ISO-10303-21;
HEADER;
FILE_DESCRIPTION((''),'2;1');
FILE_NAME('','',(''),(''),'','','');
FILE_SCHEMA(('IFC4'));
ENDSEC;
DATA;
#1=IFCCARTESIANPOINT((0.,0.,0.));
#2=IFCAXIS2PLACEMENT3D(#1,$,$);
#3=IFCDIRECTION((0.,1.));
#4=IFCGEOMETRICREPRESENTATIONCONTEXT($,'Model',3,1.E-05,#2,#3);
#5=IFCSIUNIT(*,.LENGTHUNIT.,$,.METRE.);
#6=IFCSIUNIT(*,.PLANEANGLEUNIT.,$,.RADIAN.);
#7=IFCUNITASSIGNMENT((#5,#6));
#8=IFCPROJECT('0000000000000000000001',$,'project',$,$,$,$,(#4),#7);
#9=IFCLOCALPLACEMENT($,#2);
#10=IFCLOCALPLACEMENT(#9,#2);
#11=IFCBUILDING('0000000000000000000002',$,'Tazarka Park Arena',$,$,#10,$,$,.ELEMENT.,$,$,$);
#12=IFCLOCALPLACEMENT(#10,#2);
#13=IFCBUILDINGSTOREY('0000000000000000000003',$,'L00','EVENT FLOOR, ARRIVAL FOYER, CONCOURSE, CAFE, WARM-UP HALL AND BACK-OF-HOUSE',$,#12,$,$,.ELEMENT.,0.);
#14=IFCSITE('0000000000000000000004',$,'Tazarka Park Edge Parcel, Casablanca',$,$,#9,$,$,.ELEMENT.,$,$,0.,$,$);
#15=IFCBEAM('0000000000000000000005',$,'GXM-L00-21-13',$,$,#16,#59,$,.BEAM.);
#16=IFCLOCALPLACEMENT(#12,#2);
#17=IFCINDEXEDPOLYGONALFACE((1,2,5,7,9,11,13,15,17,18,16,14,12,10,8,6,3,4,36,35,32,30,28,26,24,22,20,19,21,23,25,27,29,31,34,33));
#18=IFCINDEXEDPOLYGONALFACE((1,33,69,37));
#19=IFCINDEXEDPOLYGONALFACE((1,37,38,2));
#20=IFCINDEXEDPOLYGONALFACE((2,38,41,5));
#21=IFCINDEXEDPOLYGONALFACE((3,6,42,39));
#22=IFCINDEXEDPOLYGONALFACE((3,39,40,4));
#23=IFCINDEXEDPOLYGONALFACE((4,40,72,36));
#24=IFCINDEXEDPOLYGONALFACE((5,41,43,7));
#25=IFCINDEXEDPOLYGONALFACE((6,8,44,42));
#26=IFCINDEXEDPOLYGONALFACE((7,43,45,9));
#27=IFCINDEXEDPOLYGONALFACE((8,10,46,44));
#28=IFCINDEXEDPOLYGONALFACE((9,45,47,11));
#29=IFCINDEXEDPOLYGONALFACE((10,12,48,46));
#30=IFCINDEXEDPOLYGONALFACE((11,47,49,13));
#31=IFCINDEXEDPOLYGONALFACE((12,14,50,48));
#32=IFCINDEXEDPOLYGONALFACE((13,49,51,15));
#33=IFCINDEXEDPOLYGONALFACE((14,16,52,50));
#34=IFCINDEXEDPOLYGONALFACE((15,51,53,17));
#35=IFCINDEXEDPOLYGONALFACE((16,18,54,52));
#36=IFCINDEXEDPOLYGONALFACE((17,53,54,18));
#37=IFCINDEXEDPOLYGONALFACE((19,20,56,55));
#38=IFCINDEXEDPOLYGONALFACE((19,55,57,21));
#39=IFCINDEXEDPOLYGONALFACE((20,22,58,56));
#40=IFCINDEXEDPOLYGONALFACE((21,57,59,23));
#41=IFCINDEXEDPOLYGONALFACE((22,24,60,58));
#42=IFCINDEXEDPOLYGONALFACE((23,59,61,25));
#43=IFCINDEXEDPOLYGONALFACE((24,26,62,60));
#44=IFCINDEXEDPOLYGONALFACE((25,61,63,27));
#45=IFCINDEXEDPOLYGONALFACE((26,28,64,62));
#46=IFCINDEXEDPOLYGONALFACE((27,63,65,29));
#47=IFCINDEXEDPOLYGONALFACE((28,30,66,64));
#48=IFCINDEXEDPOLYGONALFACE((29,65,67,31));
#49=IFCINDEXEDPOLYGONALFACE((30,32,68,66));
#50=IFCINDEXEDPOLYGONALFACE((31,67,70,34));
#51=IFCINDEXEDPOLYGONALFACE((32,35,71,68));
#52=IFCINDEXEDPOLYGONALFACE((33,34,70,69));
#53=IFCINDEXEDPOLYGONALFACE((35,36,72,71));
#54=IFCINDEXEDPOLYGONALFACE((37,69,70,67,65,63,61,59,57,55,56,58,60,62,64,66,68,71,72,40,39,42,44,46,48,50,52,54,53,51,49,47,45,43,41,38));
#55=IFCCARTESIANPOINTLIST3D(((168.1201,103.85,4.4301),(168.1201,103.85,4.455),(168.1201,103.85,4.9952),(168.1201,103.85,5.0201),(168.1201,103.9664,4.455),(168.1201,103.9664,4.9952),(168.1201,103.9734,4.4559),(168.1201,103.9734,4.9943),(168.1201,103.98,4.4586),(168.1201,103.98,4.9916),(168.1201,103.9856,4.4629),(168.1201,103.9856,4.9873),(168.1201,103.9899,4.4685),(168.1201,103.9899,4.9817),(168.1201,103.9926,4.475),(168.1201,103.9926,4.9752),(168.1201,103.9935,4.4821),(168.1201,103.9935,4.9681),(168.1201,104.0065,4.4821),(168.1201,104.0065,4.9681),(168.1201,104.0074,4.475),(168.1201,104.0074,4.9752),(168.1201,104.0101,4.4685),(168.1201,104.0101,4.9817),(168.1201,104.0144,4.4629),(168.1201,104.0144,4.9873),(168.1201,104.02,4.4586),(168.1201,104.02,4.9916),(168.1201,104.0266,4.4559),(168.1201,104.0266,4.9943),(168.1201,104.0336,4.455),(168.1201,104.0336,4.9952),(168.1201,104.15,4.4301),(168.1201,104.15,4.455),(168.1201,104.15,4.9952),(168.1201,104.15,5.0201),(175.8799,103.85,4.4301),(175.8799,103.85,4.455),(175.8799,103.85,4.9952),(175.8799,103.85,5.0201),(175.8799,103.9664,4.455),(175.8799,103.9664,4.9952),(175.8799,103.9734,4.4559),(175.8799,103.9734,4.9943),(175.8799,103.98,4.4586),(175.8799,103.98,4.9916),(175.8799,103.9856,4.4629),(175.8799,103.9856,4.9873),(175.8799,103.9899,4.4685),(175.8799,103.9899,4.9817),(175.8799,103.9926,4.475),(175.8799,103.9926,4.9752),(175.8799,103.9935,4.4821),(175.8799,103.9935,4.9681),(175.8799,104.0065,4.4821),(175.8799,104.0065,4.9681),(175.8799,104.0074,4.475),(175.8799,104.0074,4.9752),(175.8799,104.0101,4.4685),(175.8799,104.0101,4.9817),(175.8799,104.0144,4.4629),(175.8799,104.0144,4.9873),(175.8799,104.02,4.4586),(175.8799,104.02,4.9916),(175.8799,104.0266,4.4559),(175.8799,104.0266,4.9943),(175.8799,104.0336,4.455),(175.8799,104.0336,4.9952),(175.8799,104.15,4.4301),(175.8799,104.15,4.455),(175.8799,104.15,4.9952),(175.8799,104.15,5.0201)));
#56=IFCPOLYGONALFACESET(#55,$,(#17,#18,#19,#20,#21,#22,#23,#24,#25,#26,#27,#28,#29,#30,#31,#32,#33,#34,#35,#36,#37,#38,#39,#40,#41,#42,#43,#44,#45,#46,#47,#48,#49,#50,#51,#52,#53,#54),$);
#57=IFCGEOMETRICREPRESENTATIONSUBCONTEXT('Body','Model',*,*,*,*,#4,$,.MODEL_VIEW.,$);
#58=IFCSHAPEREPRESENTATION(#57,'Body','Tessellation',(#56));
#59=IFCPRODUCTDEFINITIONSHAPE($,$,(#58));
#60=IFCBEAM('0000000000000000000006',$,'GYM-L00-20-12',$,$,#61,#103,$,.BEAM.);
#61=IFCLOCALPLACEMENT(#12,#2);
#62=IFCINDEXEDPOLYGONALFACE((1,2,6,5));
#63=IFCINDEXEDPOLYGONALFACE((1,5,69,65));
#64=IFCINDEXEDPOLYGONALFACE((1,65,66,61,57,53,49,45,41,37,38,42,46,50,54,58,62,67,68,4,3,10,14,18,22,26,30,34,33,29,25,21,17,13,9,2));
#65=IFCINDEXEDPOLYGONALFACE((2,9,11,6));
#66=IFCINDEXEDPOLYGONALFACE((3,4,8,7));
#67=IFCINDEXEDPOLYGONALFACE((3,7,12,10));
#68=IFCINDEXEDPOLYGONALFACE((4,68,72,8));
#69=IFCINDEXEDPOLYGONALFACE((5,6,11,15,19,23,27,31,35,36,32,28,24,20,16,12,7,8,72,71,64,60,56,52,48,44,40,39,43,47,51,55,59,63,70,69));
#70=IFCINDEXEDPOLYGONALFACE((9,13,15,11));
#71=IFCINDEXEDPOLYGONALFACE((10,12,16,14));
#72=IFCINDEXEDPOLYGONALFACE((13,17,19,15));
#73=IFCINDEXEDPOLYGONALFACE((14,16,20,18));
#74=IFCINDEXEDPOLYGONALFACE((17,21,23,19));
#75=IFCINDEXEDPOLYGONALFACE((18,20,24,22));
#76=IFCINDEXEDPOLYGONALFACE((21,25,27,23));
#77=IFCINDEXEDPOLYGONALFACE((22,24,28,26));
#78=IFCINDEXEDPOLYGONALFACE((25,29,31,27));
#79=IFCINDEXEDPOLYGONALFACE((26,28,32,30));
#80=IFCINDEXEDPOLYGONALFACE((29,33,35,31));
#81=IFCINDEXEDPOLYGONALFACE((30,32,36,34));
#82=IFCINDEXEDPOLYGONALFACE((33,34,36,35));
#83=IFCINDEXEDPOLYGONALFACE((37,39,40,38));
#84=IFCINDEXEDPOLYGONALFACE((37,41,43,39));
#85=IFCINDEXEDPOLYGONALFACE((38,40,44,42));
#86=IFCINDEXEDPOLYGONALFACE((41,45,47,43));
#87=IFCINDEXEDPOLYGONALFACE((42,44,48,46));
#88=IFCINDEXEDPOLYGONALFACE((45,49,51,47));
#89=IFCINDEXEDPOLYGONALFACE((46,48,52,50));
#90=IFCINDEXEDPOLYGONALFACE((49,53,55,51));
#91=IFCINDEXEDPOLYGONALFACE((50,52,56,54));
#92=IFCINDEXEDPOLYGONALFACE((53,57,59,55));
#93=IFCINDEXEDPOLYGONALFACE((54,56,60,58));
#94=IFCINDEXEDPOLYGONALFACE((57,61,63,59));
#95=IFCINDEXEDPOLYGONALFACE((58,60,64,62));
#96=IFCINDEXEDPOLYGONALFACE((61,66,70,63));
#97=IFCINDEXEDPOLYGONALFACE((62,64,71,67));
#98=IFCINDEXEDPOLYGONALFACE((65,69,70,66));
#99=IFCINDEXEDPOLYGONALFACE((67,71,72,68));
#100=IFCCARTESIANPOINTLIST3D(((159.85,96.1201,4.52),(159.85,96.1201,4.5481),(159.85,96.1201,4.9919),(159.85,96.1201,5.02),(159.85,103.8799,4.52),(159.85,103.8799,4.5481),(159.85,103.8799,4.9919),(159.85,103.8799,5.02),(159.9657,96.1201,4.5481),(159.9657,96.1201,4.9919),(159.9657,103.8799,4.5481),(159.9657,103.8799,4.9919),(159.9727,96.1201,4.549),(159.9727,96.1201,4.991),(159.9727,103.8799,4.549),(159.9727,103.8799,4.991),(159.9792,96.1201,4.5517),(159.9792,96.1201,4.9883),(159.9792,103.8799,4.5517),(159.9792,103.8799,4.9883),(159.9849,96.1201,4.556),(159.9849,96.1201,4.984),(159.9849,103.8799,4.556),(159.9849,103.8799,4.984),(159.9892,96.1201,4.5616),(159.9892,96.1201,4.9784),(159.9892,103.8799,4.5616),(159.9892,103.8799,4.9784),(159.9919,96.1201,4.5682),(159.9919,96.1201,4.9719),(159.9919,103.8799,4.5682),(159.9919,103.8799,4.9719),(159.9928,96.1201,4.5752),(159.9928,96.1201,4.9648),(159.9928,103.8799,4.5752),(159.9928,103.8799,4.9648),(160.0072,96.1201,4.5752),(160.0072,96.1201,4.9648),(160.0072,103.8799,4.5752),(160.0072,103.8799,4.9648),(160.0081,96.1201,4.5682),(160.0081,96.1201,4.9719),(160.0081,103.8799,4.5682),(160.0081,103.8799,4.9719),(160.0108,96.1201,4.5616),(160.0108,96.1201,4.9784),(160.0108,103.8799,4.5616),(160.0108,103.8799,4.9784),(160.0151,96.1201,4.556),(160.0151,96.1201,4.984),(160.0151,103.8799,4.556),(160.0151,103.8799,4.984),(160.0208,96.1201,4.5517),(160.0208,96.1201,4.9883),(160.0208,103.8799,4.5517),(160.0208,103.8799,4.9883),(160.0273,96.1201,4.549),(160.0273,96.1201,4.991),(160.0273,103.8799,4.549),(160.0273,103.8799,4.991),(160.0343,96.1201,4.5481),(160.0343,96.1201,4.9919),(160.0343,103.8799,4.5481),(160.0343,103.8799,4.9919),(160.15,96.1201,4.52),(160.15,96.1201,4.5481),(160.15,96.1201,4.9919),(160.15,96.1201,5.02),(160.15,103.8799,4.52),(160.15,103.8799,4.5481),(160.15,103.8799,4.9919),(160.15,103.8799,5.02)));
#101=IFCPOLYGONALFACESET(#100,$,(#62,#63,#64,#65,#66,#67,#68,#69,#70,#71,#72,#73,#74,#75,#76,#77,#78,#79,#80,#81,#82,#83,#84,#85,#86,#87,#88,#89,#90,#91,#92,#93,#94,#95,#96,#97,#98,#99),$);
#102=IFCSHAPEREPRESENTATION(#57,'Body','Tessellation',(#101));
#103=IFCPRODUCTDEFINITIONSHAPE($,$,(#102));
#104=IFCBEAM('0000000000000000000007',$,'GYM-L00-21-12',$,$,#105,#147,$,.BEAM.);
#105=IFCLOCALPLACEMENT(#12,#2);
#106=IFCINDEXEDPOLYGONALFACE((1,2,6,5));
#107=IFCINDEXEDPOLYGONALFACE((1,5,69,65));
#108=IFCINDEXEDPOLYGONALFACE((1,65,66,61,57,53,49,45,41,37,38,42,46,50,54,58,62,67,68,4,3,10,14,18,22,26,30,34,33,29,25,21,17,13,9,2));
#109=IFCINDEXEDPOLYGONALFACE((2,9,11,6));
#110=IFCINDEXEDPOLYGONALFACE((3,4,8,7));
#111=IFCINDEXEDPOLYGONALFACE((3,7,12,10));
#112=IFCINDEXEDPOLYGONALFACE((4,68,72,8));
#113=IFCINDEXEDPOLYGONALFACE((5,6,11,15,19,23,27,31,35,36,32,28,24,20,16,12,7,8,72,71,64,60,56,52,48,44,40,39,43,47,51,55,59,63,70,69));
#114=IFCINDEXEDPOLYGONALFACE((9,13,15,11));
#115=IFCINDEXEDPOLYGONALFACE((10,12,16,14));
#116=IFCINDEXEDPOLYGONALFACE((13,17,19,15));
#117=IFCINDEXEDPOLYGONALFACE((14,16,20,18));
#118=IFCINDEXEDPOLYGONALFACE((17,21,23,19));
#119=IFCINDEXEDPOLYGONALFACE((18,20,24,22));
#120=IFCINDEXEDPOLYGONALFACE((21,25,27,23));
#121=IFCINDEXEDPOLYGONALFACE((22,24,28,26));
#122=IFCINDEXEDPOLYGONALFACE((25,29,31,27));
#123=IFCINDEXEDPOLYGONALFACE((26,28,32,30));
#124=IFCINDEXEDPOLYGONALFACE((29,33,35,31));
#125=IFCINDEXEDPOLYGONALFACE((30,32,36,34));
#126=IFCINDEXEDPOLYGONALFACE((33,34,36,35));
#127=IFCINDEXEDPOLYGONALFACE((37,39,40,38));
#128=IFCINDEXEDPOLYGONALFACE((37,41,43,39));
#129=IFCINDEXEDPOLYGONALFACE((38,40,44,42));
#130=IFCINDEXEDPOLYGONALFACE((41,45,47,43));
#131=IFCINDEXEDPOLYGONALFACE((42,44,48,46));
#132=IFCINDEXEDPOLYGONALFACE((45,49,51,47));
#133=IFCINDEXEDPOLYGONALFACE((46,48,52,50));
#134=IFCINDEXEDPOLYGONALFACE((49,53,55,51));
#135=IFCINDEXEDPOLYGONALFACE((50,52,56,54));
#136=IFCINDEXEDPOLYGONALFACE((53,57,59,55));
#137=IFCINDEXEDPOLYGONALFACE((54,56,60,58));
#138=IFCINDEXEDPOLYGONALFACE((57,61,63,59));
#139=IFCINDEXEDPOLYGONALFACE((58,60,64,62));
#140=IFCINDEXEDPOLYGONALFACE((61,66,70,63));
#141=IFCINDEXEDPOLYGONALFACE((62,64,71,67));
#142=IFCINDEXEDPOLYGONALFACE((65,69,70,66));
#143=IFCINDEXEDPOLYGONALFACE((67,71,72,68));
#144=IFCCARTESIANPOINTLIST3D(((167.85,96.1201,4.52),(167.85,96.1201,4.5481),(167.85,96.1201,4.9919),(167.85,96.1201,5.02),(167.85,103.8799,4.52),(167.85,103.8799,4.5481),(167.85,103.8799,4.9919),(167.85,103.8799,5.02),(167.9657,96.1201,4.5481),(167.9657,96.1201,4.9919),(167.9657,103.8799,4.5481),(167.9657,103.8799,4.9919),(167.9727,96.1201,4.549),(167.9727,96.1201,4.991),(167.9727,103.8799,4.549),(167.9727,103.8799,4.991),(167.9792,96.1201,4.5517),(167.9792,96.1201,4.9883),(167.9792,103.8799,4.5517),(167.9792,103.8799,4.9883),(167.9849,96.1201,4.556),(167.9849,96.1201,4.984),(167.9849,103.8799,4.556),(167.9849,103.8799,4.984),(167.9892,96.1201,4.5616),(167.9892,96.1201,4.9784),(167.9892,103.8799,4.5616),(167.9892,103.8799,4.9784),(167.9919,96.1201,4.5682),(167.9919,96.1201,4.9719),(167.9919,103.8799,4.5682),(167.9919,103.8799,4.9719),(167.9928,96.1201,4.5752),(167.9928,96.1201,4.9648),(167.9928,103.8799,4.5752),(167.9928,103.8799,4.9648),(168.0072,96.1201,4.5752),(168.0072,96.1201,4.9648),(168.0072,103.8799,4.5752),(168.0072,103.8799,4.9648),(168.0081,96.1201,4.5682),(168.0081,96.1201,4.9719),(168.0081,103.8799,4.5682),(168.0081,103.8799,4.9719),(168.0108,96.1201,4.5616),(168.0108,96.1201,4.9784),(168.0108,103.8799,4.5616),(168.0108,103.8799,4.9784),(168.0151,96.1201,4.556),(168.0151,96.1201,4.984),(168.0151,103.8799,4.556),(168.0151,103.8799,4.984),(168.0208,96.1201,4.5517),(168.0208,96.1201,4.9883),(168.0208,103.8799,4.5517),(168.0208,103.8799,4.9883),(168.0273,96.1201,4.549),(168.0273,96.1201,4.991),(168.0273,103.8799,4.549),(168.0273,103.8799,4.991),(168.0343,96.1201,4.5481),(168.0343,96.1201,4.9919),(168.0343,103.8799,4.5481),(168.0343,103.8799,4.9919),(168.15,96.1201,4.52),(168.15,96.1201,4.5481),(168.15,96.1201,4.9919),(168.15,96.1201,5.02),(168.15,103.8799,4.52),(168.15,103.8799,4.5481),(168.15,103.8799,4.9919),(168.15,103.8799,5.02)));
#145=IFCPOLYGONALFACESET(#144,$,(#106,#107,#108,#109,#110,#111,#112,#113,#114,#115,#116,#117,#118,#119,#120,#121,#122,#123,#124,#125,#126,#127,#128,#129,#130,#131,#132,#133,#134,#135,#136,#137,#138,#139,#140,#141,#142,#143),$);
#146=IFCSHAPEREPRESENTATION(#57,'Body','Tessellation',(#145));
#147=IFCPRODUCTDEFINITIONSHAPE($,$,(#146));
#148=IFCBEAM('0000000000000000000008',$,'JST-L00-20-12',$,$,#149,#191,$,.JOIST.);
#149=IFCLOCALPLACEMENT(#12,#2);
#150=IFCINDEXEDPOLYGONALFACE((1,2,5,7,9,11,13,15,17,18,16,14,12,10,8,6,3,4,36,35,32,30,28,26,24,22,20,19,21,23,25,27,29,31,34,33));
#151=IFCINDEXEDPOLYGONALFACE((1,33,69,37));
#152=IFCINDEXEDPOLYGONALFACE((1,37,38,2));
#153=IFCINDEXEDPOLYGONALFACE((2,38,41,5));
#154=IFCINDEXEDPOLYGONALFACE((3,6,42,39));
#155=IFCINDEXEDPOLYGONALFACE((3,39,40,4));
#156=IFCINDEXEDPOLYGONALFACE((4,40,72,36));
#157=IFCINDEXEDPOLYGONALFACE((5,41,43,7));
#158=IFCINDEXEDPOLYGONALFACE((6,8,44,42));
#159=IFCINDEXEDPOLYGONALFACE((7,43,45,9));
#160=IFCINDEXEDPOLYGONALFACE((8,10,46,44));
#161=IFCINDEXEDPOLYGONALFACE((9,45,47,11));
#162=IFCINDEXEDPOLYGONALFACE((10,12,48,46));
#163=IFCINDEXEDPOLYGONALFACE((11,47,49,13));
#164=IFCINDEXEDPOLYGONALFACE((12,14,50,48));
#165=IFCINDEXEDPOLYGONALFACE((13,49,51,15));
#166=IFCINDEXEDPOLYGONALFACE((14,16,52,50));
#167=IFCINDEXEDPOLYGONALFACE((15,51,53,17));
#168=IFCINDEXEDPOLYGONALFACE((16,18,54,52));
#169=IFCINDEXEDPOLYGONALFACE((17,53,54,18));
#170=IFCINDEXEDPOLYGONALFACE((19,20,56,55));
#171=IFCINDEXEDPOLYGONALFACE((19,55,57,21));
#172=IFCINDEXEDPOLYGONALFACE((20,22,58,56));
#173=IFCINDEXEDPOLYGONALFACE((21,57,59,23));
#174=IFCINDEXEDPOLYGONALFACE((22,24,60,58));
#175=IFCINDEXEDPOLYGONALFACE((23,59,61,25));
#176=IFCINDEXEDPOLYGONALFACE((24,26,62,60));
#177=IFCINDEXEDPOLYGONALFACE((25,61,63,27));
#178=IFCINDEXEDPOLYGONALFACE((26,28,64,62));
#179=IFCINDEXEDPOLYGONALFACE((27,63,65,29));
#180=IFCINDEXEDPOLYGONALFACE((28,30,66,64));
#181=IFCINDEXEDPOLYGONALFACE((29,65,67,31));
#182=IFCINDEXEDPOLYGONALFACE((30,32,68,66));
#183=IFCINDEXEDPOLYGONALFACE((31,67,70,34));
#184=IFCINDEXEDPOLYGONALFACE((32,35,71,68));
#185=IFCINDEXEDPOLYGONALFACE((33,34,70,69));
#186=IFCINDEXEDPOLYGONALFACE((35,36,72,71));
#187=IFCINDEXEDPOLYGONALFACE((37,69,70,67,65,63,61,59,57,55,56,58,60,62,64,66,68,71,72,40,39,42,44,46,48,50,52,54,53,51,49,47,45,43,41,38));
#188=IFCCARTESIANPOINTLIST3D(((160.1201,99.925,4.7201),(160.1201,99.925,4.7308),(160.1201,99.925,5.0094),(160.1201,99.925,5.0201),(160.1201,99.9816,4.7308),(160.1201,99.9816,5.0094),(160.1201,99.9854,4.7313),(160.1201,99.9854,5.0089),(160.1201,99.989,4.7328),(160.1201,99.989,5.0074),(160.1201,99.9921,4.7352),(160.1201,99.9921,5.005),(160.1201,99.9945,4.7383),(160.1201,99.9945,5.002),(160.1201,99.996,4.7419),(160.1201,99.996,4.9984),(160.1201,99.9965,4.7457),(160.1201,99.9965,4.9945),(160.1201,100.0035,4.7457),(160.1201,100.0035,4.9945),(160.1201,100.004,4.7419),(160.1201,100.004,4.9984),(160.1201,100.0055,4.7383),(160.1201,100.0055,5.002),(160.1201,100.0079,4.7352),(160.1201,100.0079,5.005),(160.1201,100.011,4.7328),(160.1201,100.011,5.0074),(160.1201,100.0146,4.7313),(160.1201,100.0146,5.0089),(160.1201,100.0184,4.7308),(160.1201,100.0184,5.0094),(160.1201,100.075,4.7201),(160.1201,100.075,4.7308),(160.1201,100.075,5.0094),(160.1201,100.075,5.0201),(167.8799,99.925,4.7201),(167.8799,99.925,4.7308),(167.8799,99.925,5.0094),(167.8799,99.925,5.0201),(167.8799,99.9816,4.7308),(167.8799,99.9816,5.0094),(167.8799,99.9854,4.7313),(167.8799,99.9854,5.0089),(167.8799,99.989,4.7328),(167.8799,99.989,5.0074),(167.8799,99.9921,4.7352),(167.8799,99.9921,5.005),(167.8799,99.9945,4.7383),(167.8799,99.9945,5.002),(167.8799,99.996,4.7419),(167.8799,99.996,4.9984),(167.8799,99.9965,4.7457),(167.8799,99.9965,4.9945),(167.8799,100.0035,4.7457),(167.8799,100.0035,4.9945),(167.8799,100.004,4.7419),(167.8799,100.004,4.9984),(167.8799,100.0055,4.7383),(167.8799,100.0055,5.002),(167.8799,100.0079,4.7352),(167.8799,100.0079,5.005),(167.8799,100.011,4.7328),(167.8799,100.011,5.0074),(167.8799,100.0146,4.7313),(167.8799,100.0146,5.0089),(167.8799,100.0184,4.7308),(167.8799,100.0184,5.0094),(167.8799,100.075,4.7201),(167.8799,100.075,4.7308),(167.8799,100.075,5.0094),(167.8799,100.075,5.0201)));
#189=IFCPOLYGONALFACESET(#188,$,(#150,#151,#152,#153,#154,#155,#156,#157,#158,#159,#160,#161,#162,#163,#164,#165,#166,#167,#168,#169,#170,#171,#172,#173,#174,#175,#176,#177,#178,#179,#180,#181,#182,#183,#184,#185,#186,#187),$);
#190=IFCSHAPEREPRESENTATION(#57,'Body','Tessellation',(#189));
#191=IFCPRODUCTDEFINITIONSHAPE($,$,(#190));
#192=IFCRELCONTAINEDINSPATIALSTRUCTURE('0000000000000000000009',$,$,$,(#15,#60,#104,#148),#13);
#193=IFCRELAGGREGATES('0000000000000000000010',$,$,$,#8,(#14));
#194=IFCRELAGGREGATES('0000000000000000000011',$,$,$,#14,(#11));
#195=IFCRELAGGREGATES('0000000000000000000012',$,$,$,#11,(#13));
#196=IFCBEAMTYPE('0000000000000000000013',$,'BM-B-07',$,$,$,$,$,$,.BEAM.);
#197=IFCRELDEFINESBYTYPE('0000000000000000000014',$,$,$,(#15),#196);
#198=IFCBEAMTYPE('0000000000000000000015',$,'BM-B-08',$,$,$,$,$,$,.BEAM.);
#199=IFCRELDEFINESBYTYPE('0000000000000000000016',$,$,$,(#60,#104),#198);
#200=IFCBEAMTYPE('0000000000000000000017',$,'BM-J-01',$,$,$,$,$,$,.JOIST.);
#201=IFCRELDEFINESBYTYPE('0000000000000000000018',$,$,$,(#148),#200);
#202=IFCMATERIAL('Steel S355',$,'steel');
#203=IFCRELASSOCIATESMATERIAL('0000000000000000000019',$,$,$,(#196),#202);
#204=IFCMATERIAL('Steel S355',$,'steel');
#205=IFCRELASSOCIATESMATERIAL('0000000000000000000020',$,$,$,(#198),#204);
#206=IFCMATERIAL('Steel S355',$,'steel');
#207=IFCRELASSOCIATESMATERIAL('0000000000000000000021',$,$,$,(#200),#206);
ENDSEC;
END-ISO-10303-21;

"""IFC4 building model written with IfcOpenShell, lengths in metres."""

from ifc_helpers import new_model, si_unit, direction, frame, origin, origin_2d, place, context, subcontext, project, spatial, i_section, extrude, material, material_profile, profile_set, type_object, element, save


model = new_model("IFC4")

# Units and contexts
model_context = context("Model", 3, precision=1e-05, world=origin(), true_north=direction((0.0, 1.0)))
body_context = subcontext(model_context, "Body", "Model", "MODEL_VIEW")
ifc_project = project(units=[si_unit("LENGTHUNIT", "METRE"), si_unit("PLANEANGLEUNIT", "RADIAN")], contexts=[model_context])

# Site, building, storey
site_placement = place(None, origin())
site = spatial("IfcSite", under=ifc_project, at=site_placement, Name="Tazarka Park Edge Parcel, Casablanca", CompositionType="ELEMENT", RefElevation=0.0)
building_placement = place(site_placement, origin())
building = spatial("IfcBuilding", under=site, at=building_placement, Name="Tazarka Park Arena", CompositionType="ELEMENT")
storey_placement = place(building_placement, origin())
storey = spatial("IfcBuildingStorey", under=building, at=storey_placement, Name="L00", Description="EVENT FLOOR, ARRIVAL FOYER, CONCOURSE, CAFE, WARM-UP HALL AND BACK-OF-HOUSE", CompositionType="ELEMENT", Elevation=0.0)

# Beams
ifc_material_1 = material(Name="Steel S355", Category="steel")
ifc_material_profile_1 = material_profile(ifc_material_1, i_section(OverallWidth=0.3, OverallDepth=0.5901, WebThickness=0.0129, FlangeThickness=0.0249, FilletRadius=0.0271, at=origin_2d()), Name="Steel S355")
ifc_profile_set_1 = profile_set([ifc_material_profile_1], Name="Steel S355")
beam_type_1 = type_object("IfcBeamType", Name="BM-B-07", PredefinedType="BEAM", material=ifc_profile_set_1)
for number, where, z_axis, x_axis, name in (
    (1, (168.1201, 104.0, 4.7251), (1.0, 0.0, 0.0), (0.0, 1.0, 0.0), "GXM-L00-21-13"),
):
    element("IfcBeam", number, at=place(storey_placement, frame(where, z_axis=z_axis, x_axis=x_axis)), inside=storey, type_object=beam_type_1, Name=name, PredefinedType="BEAM", context=body_context, shape_type="SweptSolid", body=[
        extrude(i_section(OverallWidth=0.3, OverallDepth=0.5901, WebThickness=0.0129, FlangeThickness=0.0249, FilletRadius=0.0271, at=origin_2d()), origin(), (0.0, 0.0, 1.0), 7.7598),
    ])
ifc_material_2 = material(Name="Steel S355", Category="steel")
ifc_material_profile_2 = material_profile(ifc_material_2, i_section(OverallWidth=0.3, OverallDepth=0.5, WebThickness=0.0144, FlangeThickness=0.0281, FilletRadius=0.0271, at=origin_2d()), Name="Steel S355")
ifc_profile_set_2 = profile_set([ifc_material_profile_2], Name="Steel S355")
beam_type_2 = type_object("IfcBeamType", Name="BM-B-08", PredefinedType="BEAM", material=ifc_profile_set_2)
for number, where, z_axis, x_axis, name in (
    (2, (160.0, 96.1201, 4.77), (0.0, 1.0, 0.0), (-1.0, 0.0, 0.0), "GYM-L00-20-12"),
    (3, (168.0, 96.1201, 4.77), (0.0, 1.0, 0.0), (-1.0, 0.0, 0.0), "GYM-L00-21-12"),
):
    element("IfcBeam", number, at=place(storey_placement, frame(where, z_axis=z_axis, x_axis=x_axis)), inside=storey, type_object=beam_type_2, Name=name, PredefinedType="BEAM", context=body_context, shape_type="SweptSolid", body=[
        extrude(i_section(OverallWidth=0.3, OverallDepth=0.5, WebThickness=0.0144, FlangeThickness=0.0281, FilletRadius=0.0271, at=origin_2d()), origin(), (0.0, 0.0, 1.0), 7.7598),
    ])
ifc_material_3 = material(Name="Steel S355", Category="steel")
ifc_material_profile_3 = material_profile(ifc_material_3, i_section(OverallWidth=0.1499, OverallDepth=0.3, WebThickness=0.0071, FlangeThickness=0.0107, FilletRadius=0.0149, at=origin_2d()), Name="Steel S355")
ifc_profile_set_3 = profile_set([ifc_material_profile_3], Name="Steel S355")
beam_type_3 = type_object("IfcBeamType", Name="BM-J-01", PredefinedType="JOIST", material=ifc_profile_set_3)
beam_1_placement = place(storey_placement, frame((160.1201, 100.0, 4.8701), z_axis=(1.0, 0.0, 0.0), x_axis=(0.0, 1.0, 0.0)))
element("IfcBeam", 4, at=beam_1_placement, inside=storey, type_object=beam_type_3, Name="JST-L00-20-12", PredefinedType="JOIST", context=body_context, shape_type="SweptSolid", body=[
    extrude(i_section(OverallWidth=0.1499, OverallDepth=0.3, WebThickness=0.0071, FlangeThickness=0.0107, FilletRadius=0.0149, at=origin_2d()), origin(), (0.0, 0.0, 1.0), 7.7598),
])

save(model, "model.ifc")
